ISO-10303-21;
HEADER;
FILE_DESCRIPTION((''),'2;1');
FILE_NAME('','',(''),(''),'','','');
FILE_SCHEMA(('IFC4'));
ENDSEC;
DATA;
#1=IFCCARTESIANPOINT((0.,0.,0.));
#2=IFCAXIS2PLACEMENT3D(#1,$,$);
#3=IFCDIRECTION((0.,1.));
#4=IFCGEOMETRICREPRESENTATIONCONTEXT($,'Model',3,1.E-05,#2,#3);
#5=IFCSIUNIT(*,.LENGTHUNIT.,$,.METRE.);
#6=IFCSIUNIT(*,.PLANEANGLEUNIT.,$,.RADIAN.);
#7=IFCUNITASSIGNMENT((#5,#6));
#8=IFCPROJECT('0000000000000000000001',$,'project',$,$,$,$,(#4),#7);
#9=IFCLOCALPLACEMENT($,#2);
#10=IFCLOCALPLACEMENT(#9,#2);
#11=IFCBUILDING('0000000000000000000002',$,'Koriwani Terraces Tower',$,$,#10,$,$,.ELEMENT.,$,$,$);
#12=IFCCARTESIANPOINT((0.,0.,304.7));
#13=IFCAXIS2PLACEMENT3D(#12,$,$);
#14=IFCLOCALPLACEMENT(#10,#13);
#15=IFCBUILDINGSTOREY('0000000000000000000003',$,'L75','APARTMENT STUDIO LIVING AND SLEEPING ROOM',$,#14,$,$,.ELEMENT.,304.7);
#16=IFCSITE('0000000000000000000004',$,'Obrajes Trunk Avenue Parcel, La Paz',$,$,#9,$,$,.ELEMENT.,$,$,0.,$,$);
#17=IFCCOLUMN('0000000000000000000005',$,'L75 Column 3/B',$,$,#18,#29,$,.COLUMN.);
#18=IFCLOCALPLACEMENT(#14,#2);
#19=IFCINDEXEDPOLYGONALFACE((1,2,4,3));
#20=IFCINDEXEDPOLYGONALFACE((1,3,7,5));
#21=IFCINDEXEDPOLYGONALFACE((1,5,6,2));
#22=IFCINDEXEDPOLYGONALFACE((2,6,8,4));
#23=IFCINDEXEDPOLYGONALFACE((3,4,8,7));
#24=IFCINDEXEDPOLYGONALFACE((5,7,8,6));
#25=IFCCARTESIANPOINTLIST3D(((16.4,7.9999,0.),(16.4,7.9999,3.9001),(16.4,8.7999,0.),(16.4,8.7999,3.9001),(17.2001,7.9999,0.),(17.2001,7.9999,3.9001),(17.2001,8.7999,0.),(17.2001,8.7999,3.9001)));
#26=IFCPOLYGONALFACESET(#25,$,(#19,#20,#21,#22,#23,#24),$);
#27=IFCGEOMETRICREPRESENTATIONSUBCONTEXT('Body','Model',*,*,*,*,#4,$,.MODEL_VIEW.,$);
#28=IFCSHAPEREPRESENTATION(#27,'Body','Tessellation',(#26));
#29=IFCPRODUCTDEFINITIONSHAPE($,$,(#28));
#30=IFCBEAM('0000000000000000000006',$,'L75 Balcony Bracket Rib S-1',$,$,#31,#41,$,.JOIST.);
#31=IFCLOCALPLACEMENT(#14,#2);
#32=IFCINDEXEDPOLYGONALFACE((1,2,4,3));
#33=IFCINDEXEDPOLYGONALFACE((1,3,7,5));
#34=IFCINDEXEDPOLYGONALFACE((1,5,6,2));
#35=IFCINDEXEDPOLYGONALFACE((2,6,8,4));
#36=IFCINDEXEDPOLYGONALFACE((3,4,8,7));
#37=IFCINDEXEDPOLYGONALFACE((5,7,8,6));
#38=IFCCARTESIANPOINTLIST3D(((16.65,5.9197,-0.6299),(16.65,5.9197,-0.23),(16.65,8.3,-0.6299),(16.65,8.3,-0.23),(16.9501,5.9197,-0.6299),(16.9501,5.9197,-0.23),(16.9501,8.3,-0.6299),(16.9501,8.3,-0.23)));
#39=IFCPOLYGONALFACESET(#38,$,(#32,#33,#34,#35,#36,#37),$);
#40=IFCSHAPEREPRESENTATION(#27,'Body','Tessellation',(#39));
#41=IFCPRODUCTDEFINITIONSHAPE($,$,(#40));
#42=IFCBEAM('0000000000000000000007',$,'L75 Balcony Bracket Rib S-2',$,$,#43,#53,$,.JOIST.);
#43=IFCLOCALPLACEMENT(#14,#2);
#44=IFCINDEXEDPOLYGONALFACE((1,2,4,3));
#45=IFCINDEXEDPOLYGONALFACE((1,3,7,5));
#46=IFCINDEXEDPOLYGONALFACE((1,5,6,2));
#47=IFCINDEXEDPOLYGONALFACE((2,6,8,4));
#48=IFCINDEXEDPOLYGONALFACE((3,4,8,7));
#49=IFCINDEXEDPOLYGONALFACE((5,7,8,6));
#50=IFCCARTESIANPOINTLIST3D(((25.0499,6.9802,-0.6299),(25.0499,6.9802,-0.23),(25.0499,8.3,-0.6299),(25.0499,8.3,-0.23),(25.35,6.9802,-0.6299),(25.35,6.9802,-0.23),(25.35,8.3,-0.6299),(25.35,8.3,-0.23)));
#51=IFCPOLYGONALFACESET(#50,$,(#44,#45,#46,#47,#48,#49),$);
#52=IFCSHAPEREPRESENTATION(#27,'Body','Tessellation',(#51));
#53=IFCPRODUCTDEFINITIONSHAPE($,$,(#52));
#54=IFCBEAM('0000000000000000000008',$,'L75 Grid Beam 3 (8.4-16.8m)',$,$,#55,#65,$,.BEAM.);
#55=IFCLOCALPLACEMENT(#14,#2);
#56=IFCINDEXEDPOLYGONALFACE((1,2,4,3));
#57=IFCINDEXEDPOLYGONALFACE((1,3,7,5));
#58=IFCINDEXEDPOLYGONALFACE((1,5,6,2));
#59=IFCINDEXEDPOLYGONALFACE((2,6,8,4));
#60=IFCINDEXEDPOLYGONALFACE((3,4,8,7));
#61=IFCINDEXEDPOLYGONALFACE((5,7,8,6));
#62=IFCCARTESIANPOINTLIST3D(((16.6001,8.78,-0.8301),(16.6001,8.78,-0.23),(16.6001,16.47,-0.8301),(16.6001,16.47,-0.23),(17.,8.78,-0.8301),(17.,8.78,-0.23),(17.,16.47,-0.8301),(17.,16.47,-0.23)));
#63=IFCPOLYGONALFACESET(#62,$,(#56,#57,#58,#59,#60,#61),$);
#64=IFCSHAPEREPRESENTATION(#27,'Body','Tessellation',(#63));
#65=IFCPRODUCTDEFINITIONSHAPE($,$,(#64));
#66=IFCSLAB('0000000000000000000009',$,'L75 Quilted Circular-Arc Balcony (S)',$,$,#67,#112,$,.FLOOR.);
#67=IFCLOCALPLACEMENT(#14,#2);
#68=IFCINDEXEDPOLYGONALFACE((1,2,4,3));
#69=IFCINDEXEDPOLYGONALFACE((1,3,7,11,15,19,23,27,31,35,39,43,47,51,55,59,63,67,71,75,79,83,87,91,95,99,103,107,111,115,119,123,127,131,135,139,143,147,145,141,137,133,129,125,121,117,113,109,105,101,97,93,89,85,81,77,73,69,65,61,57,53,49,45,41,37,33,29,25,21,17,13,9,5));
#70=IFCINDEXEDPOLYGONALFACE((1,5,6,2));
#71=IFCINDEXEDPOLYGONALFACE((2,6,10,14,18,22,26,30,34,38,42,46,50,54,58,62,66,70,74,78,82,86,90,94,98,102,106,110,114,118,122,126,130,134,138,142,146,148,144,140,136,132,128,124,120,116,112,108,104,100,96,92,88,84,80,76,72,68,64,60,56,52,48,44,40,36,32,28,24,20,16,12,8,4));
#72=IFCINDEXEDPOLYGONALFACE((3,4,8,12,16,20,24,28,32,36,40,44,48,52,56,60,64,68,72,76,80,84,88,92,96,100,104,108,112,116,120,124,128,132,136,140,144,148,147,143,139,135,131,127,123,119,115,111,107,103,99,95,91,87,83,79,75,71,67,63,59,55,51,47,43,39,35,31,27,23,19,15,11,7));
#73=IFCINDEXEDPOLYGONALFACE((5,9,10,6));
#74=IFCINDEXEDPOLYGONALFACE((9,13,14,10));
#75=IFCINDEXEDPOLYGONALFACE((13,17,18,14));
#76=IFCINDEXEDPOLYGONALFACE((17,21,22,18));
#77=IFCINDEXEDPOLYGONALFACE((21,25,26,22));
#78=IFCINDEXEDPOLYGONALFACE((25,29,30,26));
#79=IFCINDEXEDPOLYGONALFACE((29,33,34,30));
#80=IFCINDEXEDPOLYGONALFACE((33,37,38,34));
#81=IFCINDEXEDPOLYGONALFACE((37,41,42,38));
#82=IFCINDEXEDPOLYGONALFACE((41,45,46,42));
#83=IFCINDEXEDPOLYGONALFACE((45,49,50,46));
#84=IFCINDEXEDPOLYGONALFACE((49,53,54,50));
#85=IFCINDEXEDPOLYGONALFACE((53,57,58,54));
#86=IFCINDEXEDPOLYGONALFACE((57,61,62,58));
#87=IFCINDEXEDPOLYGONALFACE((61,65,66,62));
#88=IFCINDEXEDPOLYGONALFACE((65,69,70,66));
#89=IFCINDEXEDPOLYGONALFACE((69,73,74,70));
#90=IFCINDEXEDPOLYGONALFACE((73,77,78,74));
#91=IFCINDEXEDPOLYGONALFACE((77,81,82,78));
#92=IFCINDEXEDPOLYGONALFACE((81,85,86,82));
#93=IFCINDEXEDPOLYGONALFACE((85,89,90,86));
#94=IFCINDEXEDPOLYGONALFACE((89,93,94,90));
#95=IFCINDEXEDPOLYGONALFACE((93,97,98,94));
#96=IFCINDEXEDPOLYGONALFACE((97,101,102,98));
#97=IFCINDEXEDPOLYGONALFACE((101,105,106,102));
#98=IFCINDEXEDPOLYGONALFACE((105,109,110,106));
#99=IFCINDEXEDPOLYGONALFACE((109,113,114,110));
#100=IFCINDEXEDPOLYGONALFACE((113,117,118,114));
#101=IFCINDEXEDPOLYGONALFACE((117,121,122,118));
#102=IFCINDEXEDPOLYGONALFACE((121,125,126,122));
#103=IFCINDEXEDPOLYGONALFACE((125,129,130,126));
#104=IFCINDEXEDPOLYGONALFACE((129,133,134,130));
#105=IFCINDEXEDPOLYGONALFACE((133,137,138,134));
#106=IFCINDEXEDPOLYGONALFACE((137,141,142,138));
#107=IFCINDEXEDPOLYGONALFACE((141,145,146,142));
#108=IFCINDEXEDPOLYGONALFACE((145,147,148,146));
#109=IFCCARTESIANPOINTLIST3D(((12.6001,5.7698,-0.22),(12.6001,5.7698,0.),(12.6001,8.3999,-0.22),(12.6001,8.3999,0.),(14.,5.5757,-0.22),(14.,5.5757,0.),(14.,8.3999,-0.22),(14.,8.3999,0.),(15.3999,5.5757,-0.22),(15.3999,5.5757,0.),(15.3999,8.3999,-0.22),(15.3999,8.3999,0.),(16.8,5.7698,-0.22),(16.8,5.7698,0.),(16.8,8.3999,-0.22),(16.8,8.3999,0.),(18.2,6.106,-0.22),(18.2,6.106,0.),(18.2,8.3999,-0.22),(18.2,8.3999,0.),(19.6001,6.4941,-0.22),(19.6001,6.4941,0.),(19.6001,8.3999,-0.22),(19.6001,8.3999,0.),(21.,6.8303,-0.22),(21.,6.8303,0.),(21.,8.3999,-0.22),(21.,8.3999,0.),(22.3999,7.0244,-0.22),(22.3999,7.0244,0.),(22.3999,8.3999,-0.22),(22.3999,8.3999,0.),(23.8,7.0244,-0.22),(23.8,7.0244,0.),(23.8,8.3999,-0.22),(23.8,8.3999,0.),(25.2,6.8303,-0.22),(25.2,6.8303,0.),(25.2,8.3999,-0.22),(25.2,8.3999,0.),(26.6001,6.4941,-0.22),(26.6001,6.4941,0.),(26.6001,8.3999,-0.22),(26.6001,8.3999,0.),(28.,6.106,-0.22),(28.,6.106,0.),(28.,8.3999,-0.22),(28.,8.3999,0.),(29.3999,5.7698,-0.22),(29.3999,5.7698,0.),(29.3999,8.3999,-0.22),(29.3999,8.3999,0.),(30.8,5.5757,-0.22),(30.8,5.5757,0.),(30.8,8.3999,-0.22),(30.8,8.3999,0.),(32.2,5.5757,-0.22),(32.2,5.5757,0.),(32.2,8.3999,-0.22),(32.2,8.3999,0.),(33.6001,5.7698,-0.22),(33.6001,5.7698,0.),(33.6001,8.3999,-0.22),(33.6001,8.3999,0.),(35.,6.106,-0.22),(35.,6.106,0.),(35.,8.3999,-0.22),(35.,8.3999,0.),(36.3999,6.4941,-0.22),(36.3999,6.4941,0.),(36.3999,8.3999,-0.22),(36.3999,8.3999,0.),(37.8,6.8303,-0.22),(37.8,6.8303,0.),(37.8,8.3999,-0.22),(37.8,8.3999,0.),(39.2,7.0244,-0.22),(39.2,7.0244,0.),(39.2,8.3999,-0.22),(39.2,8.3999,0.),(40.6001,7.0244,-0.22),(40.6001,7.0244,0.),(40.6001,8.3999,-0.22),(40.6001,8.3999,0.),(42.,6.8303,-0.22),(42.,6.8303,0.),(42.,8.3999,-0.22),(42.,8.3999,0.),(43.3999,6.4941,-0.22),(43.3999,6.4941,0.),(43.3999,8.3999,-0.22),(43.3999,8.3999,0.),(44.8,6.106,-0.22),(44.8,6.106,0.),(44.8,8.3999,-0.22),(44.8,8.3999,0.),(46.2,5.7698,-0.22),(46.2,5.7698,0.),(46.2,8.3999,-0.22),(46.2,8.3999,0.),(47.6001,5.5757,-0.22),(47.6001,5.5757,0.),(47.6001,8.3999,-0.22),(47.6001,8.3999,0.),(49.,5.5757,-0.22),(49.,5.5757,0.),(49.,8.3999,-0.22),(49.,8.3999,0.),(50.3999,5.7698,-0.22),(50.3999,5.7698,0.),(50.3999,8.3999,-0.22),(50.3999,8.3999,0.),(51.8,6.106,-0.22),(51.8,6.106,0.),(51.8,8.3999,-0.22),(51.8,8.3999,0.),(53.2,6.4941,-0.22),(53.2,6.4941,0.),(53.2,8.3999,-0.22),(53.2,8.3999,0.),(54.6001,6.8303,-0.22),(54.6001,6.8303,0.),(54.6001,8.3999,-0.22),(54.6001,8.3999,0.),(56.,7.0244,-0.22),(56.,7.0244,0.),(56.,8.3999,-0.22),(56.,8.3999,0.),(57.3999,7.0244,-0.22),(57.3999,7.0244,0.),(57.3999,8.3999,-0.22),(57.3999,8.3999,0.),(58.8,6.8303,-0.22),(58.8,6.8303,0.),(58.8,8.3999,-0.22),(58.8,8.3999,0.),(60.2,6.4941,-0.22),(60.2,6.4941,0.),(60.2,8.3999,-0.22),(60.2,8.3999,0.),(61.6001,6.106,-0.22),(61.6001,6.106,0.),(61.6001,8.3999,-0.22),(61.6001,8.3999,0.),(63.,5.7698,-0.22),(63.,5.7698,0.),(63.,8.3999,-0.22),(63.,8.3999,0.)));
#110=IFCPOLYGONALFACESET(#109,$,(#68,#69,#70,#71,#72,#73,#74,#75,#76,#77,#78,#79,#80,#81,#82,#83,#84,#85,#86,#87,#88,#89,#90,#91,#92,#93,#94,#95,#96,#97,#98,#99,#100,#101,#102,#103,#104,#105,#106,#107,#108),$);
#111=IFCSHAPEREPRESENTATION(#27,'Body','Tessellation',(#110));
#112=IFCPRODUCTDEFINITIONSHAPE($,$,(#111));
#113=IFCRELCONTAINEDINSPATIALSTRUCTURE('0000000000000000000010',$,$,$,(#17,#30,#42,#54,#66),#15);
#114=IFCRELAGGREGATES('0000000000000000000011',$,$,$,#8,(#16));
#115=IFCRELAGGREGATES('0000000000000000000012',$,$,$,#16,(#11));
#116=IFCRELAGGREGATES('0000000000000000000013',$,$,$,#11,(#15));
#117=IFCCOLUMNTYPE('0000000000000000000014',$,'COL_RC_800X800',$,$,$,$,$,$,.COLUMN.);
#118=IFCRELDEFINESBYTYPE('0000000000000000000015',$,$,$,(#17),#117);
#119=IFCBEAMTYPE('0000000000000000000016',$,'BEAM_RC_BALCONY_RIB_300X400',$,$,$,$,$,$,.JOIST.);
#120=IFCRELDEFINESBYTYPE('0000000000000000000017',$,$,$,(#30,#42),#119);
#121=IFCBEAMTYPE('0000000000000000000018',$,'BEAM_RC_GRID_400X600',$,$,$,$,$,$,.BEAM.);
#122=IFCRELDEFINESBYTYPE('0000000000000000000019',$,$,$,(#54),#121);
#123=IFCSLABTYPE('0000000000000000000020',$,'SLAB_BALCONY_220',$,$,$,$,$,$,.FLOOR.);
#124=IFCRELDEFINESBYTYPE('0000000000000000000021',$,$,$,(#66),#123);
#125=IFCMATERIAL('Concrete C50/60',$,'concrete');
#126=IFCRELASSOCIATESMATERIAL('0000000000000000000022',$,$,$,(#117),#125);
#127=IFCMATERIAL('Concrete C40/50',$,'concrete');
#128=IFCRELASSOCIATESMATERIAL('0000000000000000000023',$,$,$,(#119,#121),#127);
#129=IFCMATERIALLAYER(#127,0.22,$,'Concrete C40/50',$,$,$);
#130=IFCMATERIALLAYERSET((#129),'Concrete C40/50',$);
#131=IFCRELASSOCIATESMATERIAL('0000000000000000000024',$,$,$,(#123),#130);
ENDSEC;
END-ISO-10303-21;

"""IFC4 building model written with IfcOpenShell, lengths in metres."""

from ifc_helpers import new_model, si_unit, direction, frame, origin, origin_2d, place, context, subcontext, project, spatial, polyline, rectangle, outline, extrude, material, layer, layer_set, material_profile, profile_set, type_object, element, save


model = new_model("IFC4")

# Units and contexts
model_context = context("Model", 3, precision=1e-05, world=origin(), true_north=direction((0.0, 1.0)))
body_context = subcontext(model_context, "Body", "Model", "MODEL_VIEW")
ifc_project = project(units=[si_unit("LENGTHUNIT", "METRE"), si_unit("PLANEANGLEUNIT", "RADIAN")], contexts=[model_context])

# Site, building, storey
site_placement = place(None, origin())
site = spatial("IfcSite", under=ifc_project, at=site_placement, Name="Obrajes Trunk Avenue Parcel, La Paz", CompositionType="ELEMENT", RefElevation=0.0)
building_placement = place(site_placement, origin())
building = spatial("IfcBuilding", under=site, at=building_placement, Name="Koriwani Terraces Tower", CompositionType="ELEMENT")
storey_placement = place(building_placement, frame((0.0, 0.0, 304.7)))
storey = spatial("IfcBuildingStorey", under=building, at=storey_placement, Name="L75", Description="APARTMENT STUDIO LIVING AND SLEEPING ROOM", CompositionType="ELEMENT", Elevation=304.7)

# Column
ifc_material_1 = material(Name="Concrete C50/60", Category="concrete")
ifc_material_profile_1 = material_profile(ifc_material_1, rectangle(XDim=0.8, YDim=0.8, at=origin_2d()), Name="Concrete C50/60", Category="LoadBearing")
ifc_profile_set_1 = profile_set([ifc_material_profile_1], Name="Concrete C50/60")
column_type = type_object("IfcColumnType", Name="COL_RC_800X800", PredefinedType="COLUMN", material=ifc_profile_set_1)
column_placement = place(storey_placement, frame((16.8, 8.3999, 0.0), z_axis=(0.0, 0.0, 1.0), x_axis=(1.0, 0.0, 0.0)))
element("IfcColumn", 1, at=column_placement, inside=storey, type_object=column_type, Name="L75 Column 3/B", PredefinedType="COLUMN", context=body_context, shape_type="SweptSolid", body=[
    extrude(rectangle(XDim=0.8, YDim=0.8, at=origin_2d()), origin(), (0.0, 0.0, 1.0), 3.9001),
])

# Beams
ifc_material_2 = material(Name="Concrete C40/50", Category="concrete")
ifc_material_profile_2 = material_profile(ifc_material_2, rectangle(XDim=0.3, YDim=0.3999, at=origin_2d()), Name="Concrete C40/50", Category="LoadBearing")
ifc_profile_set_2 = profile_set([ifc_material_profile_2], Name="Concrete C40/50")
beam_type_1 = type_object("IfcBeamType", Name="BEAM_RC_BALCONY_RIB_300X400", PredefinedType="JOIST", material=ifc_profile_set_2)
beam_1_placement = place(storey_placement, frame((16.8, 5.9197, -0.4299), z_axis=(0.0, 1.0, 0.0), x_axis=(-1.0, 0.0, 0.0)))
element("IfcBeam", 2, at=beam_1_placement, inside=storey, type_object=beam_type_1, Name="L75 Balcony Bracket Rib S-1", PredefinedType="JOIST", context=body_context, shape_type="SweptSolid", body=[
    extrude(rectangle(XDim=0.3, YDim=0.3999, at=origin_2d()), origin(), (0.0, 0.0, 1.0), 2.3804),
])
beam_2_placement = place(storey_placement, frame((25.2, 6.9802, -0.4299), z_axis=(0.0, 1.0, 0.0), x_axis=(-1.0, 0.0, 0.0)))
element("IfcBeam", 3, at=beam_2_placement, inside=storey, type_object=beam_type_1, Name="L75 Balcony Bracket Rib S-2", PredefinedType="JOIST", context=body_context, shape_type="SweptSolid", body=[
    extrude(rectangle(XDim=0.3, YDim=0.3999, at=origin_2d()), origin(), (0.0, 0.0, 1.0), 1.3198),
])
ifc_material_profile_3 = material_profile(ifc_material_2, rectangle(XDim=0.3999, YDim=0.6001, at=origin_2d()), Name="Concrete C40/50", Category="LoadBearing")
ifc_profile_set_3 = profile_set([ifc_material_profile_3], Name="Concrete C40/50")
beam_type_2 = type_object("IfcBeamType", Name="BEAM_RC_GRID_400X600", PredefinedType="BEAM", material=ifc_profile_set_3)
beam_3_placement = place(storey_placement, frame((16.8, 8.78, -0.53), z_axis=(0.0, 1.0, 0.0), x_axis=(-1.0, 0.0, 0.0)))
element("IfcBeam", 4, at=beam_3_placement, inside=storey, type_object=beam_type_2, Name="L75 Grid Beam 3 (8.4-16.8m)", PredefinedType="BEAM", context=body_context, shape_type="SweptSolid", body=[
    extrude(rectangle(XDim=0.3999, YDim=0.6001, at=origin_2d()), origin(), (0.0, 0.0, 1.0), 7.6899),
])

# Slab
ifc_layer_1 = layer(ifc_material_2, 0.22, Name="Concrete C40/50")
ifc_layer_set_1 = layer_set([ifc_layer_1], Name="Concrete C40/50")
slab_type_1 = type_object("IfcSlabType", Name="SLAB_BALCONY_220", PredefinedType="FLOOR", material=ifc_layer_set_1)
slab_1_placement = place(storey_placement, frame((0.0, 0.0, -0.22)))
element("IfcSlab", 5, at=slab_1_placement, inside=storey, type_object=slab_type_1, Name="L75 Quilted Circular-Arc Balcony (S)", PredefinedType="FLOOR", context=body_context, shape_type="SweptSolid", body=[
    extrude(outline(polyline([(12.6001, 8.3999), (14.0, 8.3999), (15.3999, 8.3999), (16.8, 8.3999), (18.2, 8.3999), (19.6001, 8.3999), (21.0, 8.3999), (22.3999, 8.3999), (23.8, 8.3999), (25.2, 8.3999), (26.6001, 8.3999), (28.0, 8.3999), (29.3999, 8.3999), (30.8, 8.3999), (32.2, 8.3999), (33.6001, 8.3999), (35.0, 8.3999), (36.3999, 8.3999), (37.8, 8.3999), (39.2, 8.3999), (40.6001, 8.3999), (42.0, 8.3999), (43.3999, 8.3999), (44.8, 8.3999), (46.2, 8.3999), (47.6001, 8.3999), (49.0, 8.3999), (50.3999, 8.3999), (51.8, 8.3999), (53.2, 8.3999), (54.6001, 8.3999), (56.0, 8.3999), (57.3999, 8.3999), (58.8, 8.3999), (60.2, 8.3999), (61.6001, 8.3999), (63.0, 8.3999), (63.0, 5.7698), (61.6001, 6.106), (60.2, 6.4941), (58.8, 6.8303), (57.3999, 7.0244), (56.0, 7.0244), (54.6001, 6.8303), (53.2, 6.4941), (51.8, 6.106), (50.3999, 5.7698), (49.0, 5.5757), (47.6001, 5.5757), (46.2, 5.7698), (44.8, 6.106), (43.3999, 6.4941), (42.0, 6.8303), (40.6001, 7.0244), (39.2, 7.0244), (37.8, 6.8303), (36.3999, 6.4941), (35.0, 6.106), (33.6001, 5.7698), (32.2, 5.5757), (30.8, 5.5757), (29.3999, 5.7698), (28.0, 6.106), (26.6001, 6.4941), (25.2, 6.8303), (23.8, 7.0244), (22.3999, 7.0244), (21.0, 6.8303), (19.6001, 6.4941), (18.2, 6.106), (16.8, 5.7698), (15.3999, 5.5757), (14.0, 5.5757), (12.6001, 5.7698), (12.6001, 8.3999)])), origin(), (0.0, 0.0, 1.0), 0.22),
])

save(model, "model.ifc")
